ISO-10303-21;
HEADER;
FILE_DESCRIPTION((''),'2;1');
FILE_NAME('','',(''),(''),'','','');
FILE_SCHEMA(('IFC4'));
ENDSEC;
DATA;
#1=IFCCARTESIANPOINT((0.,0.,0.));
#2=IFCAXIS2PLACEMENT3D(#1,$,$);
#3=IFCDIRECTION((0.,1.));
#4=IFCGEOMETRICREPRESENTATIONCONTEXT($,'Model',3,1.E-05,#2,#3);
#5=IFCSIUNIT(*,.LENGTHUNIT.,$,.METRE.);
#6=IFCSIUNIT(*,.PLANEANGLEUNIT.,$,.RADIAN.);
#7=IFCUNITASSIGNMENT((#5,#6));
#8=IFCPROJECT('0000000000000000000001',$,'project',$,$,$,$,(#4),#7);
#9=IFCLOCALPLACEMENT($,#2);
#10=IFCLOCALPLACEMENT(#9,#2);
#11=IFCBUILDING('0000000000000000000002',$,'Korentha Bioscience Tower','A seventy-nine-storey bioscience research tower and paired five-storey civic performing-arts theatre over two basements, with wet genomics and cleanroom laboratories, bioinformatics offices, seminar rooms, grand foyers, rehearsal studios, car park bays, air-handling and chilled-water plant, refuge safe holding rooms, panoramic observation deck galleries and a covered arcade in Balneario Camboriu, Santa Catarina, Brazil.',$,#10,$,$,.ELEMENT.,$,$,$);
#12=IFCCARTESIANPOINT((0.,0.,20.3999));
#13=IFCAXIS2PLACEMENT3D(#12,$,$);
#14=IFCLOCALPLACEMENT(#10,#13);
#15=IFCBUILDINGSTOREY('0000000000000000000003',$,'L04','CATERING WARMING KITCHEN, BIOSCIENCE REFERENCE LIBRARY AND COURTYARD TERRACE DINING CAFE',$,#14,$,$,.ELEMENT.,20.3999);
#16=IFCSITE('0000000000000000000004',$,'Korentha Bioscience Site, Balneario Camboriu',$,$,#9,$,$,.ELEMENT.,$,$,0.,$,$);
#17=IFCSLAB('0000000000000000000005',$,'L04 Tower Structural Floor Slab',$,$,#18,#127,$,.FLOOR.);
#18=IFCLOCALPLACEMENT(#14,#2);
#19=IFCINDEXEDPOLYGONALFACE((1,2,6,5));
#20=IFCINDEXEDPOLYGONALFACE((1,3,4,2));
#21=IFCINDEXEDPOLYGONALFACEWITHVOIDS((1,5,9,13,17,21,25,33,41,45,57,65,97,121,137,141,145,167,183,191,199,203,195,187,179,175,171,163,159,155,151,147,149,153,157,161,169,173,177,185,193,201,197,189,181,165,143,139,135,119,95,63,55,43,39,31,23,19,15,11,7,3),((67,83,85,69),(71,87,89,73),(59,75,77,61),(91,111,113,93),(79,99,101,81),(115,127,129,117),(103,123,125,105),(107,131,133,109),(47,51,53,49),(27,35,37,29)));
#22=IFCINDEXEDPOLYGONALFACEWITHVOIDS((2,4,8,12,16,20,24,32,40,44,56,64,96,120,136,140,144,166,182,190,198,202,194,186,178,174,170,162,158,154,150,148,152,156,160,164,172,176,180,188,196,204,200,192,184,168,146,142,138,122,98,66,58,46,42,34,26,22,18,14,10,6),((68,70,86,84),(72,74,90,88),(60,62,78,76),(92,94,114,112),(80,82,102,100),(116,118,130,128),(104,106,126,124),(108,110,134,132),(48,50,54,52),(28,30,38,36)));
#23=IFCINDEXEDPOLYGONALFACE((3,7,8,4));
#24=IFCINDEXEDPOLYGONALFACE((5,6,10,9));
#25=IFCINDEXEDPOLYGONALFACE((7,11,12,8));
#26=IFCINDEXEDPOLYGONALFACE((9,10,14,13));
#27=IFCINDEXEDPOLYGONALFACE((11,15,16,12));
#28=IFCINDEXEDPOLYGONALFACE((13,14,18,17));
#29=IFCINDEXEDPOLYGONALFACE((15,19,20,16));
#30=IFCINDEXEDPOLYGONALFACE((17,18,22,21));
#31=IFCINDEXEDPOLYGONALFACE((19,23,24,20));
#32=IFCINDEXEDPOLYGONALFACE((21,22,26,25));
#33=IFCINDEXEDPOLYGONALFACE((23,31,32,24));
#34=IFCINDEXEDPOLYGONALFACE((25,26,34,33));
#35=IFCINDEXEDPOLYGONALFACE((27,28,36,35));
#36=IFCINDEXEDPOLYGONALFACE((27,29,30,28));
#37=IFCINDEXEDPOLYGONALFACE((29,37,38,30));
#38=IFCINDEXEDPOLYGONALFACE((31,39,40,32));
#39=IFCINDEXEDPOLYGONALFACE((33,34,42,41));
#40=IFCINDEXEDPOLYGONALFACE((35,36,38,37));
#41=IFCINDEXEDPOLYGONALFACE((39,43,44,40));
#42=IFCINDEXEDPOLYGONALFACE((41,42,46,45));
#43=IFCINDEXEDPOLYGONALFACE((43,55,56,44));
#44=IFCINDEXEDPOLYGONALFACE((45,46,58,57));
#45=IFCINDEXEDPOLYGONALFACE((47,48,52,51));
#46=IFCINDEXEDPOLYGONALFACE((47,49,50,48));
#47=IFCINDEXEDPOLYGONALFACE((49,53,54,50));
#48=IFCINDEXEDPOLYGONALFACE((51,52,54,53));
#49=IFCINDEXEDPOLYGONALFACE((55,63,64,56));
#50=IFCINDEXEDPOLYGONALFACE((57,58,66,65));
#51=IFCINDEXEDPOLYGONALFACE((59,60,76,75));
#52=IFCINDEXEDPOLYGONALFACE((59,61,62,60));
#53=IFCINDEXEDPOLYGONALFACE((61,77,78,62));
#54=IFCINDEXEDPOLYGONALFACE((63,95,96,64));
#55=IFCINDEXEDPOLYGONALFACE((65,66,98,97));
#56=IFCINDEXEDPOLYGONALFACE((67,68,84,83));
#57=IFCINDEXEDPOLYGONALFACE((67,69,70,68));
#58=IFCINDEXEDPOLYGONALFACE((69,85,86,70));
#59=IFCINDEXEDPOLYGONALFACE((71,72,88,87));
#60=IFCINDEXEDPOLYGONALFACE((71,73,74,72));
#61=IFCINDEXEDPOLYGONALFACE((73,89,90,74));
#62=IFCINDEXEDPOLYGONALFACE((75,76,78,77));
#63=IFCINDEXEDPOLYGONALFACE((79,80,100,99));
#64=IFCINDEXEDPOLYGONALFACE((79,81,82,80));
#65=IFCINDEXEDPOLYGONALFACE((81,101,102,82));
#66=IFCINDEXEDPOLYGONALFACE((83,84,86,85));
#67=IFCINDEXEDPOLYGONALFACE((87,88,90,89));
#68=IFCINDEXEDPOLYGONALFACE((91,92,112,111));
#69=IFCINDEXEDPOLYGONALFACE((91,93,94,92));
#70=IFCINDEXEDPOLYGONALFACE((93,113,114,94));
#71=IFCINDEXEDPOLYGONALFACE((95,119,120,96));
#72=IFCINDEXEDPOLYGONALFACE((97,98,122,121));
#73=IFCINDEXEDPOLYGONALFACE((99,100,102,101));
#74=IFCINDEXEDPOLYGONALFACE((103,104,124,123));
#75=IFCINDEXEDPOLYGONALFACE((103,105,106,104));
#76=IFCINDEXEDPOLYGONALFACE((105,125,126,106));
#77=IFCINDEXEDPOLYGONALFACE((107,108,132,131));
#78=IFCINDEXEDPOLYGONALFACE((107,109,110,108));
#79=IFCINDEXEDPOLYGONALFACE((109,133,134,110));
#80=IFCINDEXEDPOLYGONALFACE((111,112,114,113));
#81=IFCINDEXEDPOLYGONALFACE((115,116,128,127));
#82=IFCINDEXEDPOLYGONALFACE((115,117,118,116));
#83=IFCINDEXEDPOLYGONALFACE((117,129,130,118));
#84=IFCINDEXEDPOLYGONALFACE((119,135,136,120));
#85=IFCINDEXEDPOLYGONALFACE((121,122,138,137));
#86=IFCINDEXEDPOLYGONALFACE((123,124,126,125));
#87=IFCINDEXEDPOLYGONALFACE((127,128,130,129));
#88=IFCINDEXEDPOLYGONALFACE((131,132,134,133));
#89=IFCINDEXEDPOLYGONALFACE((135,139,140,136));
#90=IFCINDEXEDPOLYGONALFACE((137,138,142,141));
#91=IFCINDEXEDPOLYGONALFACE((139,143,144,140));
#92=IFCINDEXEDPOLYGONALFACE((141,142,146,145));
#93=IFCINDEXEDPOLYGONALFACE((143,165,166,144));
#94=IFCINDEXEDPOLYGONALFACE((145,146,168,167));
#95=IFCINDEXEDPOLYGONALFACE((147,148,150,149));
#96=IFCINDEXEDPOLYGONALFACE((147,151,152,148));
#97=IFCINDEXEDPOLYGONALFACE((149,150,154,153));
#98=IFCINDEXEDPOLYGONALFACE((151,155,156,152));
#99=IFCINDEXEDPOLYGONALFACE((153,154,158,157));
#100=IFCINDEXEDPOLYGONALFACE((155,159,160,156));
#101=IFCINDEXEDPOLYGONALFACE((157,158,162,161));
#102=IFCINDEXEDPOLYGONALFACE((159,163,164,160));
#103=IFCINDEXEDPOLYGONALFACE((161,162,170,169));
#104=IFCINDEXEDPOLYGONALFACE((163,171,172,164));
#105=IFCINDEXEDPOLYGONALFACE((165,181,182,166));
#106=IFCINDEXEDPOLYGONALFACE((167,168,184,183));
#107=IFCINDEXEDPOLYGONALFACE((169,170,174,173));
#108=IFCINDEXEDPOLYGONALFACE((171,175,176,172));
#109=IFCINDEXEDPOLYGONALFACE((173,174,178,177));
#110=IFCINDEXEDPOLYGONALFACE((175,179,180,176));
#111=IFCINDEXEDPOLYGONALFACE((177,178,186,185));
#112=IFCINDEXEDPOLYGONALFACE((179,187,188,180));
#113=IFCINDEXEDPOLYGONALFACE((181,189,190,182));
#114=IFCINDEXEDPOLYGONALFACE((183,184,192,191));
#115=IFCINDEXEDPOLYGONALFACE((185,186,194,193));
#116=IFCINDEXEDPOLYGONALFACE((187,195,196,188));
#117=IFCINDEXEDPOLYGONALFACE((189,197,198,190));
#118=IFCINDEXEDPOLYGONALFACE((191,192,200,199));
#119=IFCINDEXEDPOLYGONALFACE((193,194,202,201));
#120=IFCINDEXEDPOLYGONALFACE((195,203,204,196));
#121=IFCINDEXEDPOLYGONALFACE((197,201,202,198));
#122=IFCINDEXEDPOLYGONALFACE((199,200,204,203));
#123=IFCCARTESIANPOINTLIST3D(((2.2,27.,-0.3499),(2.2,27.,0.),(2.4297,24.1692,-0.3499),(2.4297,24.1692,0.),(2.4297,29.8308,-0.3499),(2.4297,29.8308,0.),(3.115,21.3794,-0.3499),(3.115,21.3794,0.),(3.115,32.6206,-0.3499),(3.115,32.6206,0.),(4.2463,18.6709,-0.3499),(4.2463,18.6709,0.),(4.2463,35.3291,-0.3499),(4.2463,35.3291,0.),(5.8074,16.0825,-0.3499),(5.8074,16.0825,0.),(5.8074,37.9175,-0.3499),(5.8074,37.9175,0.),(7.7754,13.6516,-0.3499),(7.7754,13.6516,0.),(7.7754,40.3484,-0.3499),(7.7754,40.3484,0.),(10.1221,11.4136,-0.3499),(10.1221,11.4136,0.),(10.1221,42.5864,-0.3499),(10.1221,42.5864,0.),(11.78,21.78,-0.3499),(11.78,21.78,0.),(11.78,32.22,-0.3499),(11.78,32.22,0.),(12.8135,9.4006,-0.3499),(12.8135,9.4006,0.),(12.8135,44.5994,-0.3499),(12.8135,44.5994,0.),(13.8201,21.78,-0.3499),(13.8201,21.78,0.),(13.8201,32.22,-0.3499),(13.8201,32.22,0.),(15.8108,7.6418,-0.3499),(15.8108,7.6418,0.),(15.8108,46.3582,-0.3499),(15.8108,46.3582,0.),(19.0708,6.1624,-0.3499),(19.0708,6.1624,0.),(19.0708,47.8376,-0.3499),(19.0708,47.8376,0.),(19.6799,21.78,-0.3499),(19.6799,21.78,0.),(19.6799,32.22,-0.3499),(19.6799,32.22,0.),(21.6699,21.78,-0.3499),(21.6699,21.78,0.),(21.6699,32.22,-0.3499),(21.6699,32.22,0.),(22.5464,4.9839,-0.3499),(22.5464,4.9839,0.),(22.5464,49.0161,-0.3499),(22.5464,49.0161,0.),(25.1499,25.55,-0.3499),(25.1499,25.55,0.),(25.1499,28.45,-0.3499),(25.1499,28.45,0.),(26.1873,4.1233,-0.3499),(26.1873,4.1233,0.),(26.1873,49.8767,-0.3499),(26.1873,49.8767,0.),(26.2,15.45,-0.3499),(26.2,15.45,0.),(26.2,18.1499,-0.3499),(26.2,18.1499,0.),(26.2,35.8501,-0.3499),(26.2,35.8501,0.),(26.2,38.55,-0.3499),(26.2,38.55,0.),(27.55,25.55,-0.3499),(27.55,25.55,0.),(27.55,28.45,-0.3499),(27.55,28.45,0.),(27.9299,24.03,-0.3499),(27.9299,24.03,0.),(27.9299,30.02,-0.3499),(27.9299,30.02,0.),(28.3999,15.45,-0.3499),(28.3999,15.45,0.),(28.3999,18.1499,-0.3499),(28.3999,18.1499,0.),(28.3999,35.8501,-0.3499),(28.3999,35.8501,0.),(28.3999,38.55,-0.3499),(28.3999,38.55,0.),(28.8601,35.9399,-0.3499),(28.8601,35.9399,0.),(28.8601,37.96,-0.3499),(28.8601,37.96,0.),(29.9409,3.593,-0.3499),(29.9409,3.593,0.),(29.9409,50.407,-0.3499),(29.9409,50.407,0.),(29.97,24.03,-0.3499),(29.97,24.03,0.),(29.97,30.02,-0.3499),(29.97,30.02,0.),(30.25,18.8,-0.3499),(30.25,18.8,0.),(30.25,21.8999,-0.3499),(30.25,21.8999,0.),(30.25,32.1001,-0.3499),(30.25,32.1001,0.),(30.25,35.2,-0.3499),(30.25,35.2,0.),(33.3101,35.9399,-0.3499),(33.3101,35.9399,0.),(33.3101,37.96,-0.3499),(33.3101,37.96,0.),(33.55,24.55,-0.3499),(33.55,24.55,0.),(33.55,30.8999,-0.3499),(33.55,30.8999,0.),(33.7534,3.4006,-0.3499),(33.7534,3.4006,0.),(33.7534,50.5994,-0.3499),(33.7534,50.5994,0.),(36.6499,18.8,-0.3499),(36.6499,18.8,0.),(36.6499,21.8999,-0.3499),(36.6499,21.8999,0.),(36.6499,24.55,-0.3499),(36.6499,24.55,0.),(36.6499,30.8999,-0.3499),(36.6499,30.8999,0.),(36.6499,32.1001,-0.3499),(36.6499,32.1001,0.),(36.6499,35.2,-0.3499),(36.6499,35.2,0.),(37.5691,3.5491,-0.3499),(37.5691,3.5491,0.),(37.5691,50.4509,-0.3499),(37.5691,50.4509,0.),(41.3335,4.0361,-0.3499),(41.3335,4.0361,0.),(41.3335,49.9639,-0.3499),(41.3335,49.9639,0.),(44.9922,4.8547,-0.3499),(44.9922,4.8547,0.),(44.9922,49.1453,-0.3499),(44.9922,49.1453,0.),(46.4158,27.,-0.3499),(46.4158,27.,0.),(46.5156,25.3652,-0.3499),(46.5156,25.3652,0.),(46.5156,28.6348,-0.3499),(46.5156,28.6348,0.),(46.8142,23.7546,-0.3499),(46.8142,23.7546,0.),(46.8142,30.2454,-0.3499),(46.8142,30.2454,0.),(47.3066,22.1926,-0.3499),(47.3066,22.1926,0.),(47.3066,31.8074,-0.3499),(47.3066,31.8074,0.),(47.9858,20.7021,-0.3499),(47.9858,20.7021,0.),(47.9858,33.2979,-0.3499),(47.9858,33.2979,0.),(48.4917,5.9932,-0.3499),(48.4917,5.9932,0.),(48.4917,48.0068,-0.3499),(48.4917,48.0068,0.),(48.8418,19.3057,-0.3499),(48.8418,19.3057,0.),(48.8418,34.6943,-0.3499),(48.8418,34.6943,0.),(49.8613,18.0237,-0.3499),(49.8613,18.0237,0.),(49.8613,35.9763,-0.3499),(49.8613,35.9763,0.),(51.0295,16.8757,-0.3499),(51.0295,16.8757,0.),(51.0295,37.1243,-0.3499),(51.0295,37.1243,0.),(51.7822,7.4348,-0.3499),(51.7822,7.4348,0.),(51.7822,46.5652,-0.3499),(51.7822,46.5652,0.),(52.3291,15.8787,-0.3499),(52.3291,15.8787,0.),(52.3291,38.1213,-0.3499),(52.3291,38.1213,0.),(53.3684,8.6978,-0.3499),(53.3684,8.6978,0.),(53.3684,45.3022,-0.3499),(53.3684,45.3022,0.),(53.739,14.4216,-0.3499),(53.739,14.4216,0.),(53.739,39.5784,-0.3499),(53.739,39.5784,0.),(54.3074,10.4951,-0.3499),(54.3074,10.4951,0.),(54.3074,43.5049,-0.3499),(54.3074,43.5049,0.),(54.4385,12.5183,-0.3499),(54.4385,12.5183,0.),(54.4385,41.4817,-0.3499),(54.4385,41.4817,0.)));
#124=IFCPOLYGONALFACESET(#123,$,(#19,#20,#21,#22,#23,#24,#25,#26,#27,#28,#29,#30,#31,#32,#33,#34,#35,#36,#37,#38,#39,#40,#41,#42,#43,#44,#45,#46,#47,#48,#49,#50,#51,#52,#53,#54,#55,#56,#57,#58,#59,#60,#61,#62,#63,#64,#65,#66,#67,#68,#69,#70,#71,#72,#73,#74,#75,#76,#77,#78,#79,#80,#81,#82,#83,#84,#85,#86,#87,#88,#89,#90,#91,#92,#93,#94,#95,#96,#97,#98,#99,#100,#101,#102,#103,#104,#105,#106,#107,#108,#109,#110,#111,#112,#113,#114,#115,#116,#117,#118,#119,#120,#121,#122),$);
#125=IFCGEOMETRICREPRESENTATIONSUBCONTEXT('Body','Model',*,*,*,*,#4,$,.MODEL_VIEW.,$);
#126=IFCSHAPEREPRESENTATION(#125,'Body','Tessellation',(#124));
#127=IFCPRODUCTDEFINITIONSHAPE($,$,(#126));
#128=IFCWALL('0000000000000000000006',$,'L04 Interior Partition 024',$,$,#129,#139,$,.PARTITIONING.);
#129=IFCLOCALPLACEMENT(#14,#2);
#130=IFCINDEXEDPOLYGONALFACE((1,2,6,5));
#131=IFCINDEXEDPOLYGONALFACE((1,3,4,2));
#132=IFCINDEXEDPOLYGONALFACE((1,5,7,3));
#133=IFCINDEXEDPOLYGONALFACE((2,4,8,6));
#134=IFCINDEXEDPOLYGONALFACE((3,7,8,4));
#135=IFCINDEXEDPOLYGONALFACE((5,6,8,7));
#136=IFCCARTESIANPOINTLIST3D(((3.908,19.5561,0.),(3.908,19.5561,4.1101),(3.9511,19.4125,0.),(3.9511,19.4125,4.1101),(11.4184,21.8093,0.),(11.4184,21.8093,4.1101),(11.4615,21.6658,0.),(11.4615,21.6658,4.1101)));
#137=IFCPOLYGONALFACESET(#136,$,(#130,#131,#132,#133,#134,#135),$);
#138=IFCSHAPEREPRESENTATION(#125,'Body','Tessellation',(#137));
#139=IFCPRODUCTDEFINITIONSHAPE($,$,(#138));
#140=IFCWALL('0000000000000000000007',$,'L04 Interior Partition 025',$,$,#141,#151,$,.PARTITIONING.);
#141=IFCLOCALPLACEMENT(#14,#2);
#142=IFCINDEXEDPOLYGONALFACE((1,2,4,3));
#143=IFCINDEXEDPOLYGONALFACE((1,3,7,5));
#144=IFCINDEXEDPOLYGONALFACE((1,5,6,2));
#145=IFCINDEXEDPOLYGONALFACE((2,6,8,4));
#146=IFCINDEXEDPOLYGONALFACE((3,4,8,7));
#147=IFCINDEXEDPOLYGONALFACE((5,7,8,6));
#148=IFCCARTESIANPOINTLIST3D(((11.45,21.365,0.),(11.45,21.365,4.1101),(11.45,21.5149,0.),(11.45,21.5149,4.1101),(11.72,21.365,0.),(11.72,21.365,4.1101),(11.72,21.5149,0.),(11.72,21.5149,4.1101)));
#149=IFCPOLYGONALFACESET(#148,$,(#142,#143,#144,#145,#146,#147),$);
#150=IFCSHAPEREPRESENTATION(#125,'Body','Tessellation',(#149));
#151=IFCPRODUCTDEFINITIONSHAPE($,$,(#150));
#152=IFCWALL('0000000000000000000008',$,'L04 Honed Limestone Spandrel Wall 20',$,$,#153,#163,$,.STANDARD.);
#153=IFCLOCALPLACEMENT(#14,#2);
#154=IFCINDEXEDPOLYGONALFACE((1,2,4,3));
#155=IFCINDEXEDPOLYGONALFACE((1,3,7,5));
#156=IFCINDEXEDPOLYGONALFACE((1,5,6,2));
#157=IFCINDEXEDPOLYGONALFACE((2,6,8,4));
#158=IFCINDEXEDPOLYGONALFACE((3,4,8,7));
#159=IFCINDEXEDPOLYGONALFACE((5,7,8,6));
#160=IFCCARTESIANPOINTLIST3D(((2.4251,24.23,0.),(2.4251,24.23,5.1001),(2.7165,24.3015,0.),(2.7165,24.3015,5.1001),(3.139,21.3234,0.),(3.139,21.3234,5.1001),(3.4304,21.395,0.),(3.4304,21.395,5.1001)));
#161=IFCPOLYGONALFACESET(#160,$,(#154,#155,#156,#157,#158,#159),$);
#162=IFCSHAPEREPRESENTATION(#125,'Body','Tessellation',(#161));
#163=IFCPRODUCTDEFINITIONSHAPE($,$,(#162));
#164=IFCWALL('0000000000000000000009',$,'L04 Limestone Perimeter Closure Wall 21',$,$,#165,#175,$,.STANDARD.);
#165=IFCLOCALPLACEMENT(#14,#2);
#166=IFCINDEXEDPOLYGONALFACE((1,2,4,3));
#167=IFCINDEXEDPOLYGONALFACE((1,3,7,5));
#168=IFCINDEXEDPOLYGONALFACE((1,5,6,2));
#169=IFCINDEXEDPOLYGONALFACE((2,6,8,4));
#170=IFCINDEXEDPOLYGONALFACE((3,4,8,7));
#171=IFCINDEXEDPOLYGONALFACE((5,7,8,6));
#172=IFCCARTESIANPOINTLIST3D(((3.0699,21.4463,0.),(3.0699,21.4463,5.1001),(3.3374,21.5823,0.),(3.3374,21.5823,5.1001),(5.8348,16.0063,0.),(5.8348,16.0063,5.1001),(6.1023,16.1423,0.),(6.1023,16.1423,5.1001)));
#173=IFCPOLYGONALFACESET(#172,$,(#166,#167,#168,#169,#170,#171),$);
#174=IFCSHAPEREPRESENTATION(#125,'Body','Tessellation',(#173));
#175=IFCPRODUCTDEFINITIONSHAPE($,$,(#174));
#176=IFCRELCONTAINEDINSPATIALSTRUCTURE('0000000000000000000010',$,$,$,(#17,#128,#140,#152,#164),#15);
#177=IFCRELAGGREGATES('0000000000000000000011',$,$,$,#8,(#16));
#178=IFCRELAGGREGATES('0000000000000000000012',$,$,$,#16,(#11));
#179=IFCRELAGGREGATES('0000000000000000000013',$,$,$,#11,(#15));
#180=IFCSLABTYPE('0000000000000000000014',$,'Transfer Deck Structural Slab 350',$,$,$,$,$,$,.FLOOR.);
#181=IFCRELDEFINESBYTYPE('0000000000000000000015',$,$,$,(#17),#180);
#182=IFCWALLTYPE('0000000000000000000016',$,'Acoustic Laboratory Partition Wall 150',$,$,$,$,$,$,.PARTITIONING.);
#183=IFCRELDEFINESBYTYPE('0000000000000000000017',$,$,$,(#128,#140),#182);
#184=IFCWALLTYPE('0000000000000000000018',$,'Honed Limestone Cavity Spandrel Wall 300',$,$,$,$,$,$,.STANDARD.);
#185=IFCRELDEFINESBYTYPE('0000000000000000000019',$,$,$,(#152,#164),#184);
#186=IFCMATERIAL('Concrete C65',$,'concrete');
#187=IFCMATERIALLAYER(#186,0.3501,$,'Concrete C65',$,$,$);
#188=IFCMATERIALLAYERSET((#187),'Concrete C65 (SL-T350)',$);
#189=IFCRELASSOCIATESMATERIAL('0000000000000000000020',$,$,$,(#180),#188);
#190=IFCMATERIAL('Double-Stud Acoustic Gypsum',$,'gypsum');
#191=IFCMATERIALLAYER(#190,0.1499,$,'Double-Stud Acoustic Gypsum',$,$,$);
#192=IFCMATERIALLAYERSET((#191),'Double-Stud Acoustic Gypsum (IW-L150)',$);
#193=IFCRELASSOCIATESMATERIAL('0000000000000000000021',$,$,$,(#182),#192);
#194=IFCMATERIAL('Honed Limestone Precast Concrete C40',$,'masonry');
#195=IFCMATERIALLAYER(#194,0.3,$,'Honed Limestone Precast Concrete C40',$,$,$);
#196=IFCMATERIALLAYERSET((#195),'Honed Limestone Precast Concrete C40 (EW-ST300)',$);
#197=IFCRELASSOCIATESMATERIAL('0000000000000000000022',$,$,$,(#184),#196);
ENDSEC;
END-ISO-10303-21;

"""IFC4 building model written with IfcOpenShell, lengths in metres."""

from ifc_helpers import new_model, si_unit, direction, frame, frame_2d, origin, place, context, subcontext, project, spatial, polyline, rectangle, outline, extrude, material, layer, layer_set, type_object, element, save


model = new_model("IFC4")

# Units and contexts
model_context = context("Model", 3, precision=1e-05, world=origin(), true_north=direction((0.0, 1.0)))
body_context = subcontext(model_context, "Body", "Model", "MODEL_VIEW")
ifc_project = project(units=[si_unit("LENGTHUNIT", "METRE"), si_unit("PLANEANGLEUNIT", "RADIAN")], contexts=[model_context])

# Site, building, storey
site_placement = place(None, origin())
site = spatial("IfcSite", under=ifc_project, at=site_placement, Name="Korentha Bioscience Site, Balneario Camboriu", CompositionType="ELEMENT", RefElevation=0.0)
building_placement = place(site_placement, origin())
building = spatial("IfcBuilding", under=site, at=building_placement, Name="Korentha Bioscience Tower", Description="A seventy-nine-storey bioscience research tower and paired five-storey civic performing-arts theatre over two basements, with wet genomics and cleanroom laboratories, bioinformatics offices, seminar rooms, grand foyers, rehearsal studios, car park bays, air-handling and chilled-water plant, refuge safe holding rooms, panoramic observation deck galleries and a covered arcade in Balneario Camboriu, Santa Catarina, Brazil.", CompositionType="ELEMENT")
storey_placement = place(building_placement, frame((0.0, 0.0, 20.3999)))
storey = spatial("IfcBuildingStorey", under=building, at=storey_placement, Name="L04", Description="CATERING WARMING KITCHEN, BIOSCIENCE REFERENCE LIBRARY AND COURTYARD TERRACE DINING CAFE", CompositionType="ELEMENT", Elevation=20.3999)

# Slab
ifc_material_1 = material(Name="Concrete C65", Category="concrete")
ifc_layer_1 = layer(ifc_material_1, 0.3501, Name="Concrete C65")
ifc_layer_set_1 = layer_set([ifc_layer_1], Name="Concrete C65 (SL-T350)")
slab_type_1 = type_object("IfcSlabType", Name="Transfer Deck Structural Slab 350", PredefinedType="FLOOR", material=ifc_layer_set_1)
slab_1_placement = place(storey_placement, frame((0.0, 0.0, -0.3499)))
element("IfcSlab", 1, at=slab_1_placement, inside=storey, type_object=slab_type_1, Name="L04 Tower Structural Floor Slab", PredefinedType="FLOOR", context=body_context, shape_type="SweptSolid", body=[
    extrude(outline(polyline([(51.7822, 46.5652), (48.4917, 48.0068), (44.9922, 49.1453), (41.3335, 49.9639), (37.5691, 50.4509), (33.7534, 50.5994), (29.9409, 50.407), (26.1873, 49.8767), (22.5464, 49.0161), (19.0708, 47.8376), (15.8108, 46.3582), (12.8135, 44.5994), (10.1221, 42.5864), (7.7754, 40.3484), (5.8074, 37.9175), (4.2463, 35.3291), (3.115, 32.6206), (2.4297, 29.8308), (2.2, 27.0), (2.4297, 24.1692), (3.115, 21.3794), (4.2463, 18.6709), (5.8074, 16.0825), (7.7754, 13.6516), (10.1221, 11.4136), (12.8135, 9.4006), (15.8108, 7.6418), (19.0708, 6.1624), (22.5464, 4.9839), (26.1873, 4.1233), (29.9409, 3.593), (33.7534, 3.4006), (37.5691, 3.5491), (41.3335, 4.0361), (44.9922, 4.8547), (48.4917, 5.9932), (51.7822, 7.4348), (53.3684, 8.6978), (54.3074, 10.4951), (54.4385, 12.5183), (53.739, 14.4216), (52.3291, 15.8787), (51.0295, 16.8757), (49.8613, 18.0237), (48.8418, 19.3057), (47.9858, 20.7021), (47.3066, 22.1926), (46.8142, 23.7546), (46.5156, 25.3652), (46.4158, 27.0), (46.5156, 28.6348), (46.8142, 30.2454), (47.3066, 31.8074), (47.9858, 33.2979), (48.8418, 34.6943), (49.8613, 35.9763), (51.0295, 37.1243), (52.3291, 38.1213), (53.739, 39.5784), (54.4385, 41.4817), (54.3074, 43.5049), (53.3684, 45.3022), (51.7822, 46.5652)]), holes=[polyline([(30.25, 32.1001), (36.6499, 32.1001), (36.6499, 35.2), (30.25, 35.2), (30.25, 32.1001)]), polyline([(30.25, 18.8), (36.6499, 18.8), (36.6499, 21.8999), (30.25, 21.8999), (30.25, 18.8)]), polyline([(36.6499, 24.55), (36.6499, 30.8999), (33.55, 30.8999), (33.55, 24.55), (36.6499, 24.55)]), polyline([(11.78, 21.78), (13.8201, 21.78), (13.8201, 32.22), (11.78, 32.22), (11.78, 21.78)]), polyline([(19.6799, 21.78), (21.6699, 21.78), (21.6699, 32.22), (19.6799, 32.22), (19.6799, 21.78)]), polyline([(27.9299, 24.03), (29.97, 24.03), (29.97, 30.02), (27.9299, 30.02), (27.9299, 24.03)]), polyline([(28.8601, 35.9399), (33.3101, 35.9399), (33.3101, 37.96), (28.8601, 37.96), (28.8601, 35.9399)]), polyline([(26.2, 15.45), (28.3999, 15.45), (28.3999, 18.1499), (26.2, 18.1499), (26.2, 15.45)]), polyline([(26.2, 35.8501), (28.3999, 35.8501), (28.3999, 38.55), (26.2, 38.55), (26.2, 35.8501)]), polyline([(25.1499, 25.55), (27.55, 25.55), (27.55, 28.45), (25.1499, 28.45), (25.1499, 25.55)])]), origin(), (0.0, 0.0, 1.0), 0.3499),
])

# Walls
ifc_material_2 = material(Name="Double-Stud Acoustic Gypsum", Category="gypsum")
ifc_layer_2 = layer(ifc_material_2, 0.1499, Name="Double-Stud Acoustic Gypsum")
ifc_layer_set_2 = layer_set([ifc_layer_2], Name="Double-Stud Acoustic Gypsum (IW-L150)")
wall_type_1 = type_object("IfcWallType", Name="Acoustic Laboratory Partition Wall 150", PredefinedType="PARTITIONING", material=ifc_layer_set_2)
wall_1_placement = place(storey_placement, frame((3.9297, 19.4844, 0.0), z_axis=(0.0, 0.0, 1.0), x_axis=(0.957823, 0.287359, 0.0)))
element("IfcWall", 2, at=wall_1_placement, inside=storey, type_object=wall_type_1, Name="L04 Interior Partition 024", PredefinedType="PARTITIONING", context=body_context, shape_type="SweptSolid", body=[
    extrude(rectangle(XDim=7.8411, YDim=0.1499, at=frame_2d((3.9204, 0.0))), origin(), (0.0, 0.0, 1.0), 4.1101),
])
wall_2_placement = place(storey_placement, frame((11.45, 21.4399, 0.0), z_axis=(0.0, 0.0, 1.0), x_axis=(1.0, 0.0, 0.0)))
element("IfcWall", 3, at=wall_2_placement, inside=storey, type_object=wall_type_1, Name="L04 Interior Partition 025", PredefinedType="PARTITIONING", context=body_context, shape_type="SweptSolid", body=[
    extrude(rectangle(XDim=0.27, YDim=0.1499, at=frame_2d((0.135, 0.0))), origin(), (0.0, 0.0, 1.0), 4.1101),
])
ifc_material_3 = material(Name="Honed Limestone Precast Concrete C40", Category="masonry")
ifc_layer_3 = layer(ifc_material_3, 0.3, Name="Honed Limestone Precast Concrete C40")
ifc_layer_set_3 = layer_set([ifc_layer_3], Name="Honed Limestone Precast Concrete C40 (EW-ST300)")
wall_type_2 = type_object("IfcWallType", Name="Honed Limestone Cavity Spandrel Wall 300", PredefinedType="STANDARD", material=ifc_layer_set_3)
wall_3_placement = place(storey_placement, frame((2.5708, 24.2659, 0.0), z_axis=(0.0, 0.0, 1.0), x_axis=(0.238522, -0.971137, 0.0)))
element("IfcWall", 4, at=wall_3_placement, inside=storey, type_object=wall_type_2, Name="L04 Honed Limestone Spandrel Wall 20", PredefinedType="STANDARD", context=body_context, shape_type="SweptSolid", body=[
    extrude(rectangle(XDim=2.9929, YDim=0.3, at=frame_2d((1.4966, 0.0))), origin(), (0.0, 0.0, 1.0), 5.1001),
])
wall_4_placement = place(storey_placement, frame((3.2036, 21.5144, 0.0), z_axis=(0.0, 0.0, 1.0), x_axis=(0.453093, -0.891463, 0.0)))
element("IfcWall", 5, at=wall_4_placement, inside=storey, type_object=wall_type_2, Name="L04 Limestone Perimeter Closure Wall 21", PredefinedType="STANDARD", context=body_context, shape_type="SweptSolid", body=[
    extrude(rectangle(XDim=6.1023, YDim=0.3, at=frame_2d((3.0513, 0.0))), origin(), (0.0, 0.0, 1.0), 5.1001),
])

save(model, "model.ifc")
